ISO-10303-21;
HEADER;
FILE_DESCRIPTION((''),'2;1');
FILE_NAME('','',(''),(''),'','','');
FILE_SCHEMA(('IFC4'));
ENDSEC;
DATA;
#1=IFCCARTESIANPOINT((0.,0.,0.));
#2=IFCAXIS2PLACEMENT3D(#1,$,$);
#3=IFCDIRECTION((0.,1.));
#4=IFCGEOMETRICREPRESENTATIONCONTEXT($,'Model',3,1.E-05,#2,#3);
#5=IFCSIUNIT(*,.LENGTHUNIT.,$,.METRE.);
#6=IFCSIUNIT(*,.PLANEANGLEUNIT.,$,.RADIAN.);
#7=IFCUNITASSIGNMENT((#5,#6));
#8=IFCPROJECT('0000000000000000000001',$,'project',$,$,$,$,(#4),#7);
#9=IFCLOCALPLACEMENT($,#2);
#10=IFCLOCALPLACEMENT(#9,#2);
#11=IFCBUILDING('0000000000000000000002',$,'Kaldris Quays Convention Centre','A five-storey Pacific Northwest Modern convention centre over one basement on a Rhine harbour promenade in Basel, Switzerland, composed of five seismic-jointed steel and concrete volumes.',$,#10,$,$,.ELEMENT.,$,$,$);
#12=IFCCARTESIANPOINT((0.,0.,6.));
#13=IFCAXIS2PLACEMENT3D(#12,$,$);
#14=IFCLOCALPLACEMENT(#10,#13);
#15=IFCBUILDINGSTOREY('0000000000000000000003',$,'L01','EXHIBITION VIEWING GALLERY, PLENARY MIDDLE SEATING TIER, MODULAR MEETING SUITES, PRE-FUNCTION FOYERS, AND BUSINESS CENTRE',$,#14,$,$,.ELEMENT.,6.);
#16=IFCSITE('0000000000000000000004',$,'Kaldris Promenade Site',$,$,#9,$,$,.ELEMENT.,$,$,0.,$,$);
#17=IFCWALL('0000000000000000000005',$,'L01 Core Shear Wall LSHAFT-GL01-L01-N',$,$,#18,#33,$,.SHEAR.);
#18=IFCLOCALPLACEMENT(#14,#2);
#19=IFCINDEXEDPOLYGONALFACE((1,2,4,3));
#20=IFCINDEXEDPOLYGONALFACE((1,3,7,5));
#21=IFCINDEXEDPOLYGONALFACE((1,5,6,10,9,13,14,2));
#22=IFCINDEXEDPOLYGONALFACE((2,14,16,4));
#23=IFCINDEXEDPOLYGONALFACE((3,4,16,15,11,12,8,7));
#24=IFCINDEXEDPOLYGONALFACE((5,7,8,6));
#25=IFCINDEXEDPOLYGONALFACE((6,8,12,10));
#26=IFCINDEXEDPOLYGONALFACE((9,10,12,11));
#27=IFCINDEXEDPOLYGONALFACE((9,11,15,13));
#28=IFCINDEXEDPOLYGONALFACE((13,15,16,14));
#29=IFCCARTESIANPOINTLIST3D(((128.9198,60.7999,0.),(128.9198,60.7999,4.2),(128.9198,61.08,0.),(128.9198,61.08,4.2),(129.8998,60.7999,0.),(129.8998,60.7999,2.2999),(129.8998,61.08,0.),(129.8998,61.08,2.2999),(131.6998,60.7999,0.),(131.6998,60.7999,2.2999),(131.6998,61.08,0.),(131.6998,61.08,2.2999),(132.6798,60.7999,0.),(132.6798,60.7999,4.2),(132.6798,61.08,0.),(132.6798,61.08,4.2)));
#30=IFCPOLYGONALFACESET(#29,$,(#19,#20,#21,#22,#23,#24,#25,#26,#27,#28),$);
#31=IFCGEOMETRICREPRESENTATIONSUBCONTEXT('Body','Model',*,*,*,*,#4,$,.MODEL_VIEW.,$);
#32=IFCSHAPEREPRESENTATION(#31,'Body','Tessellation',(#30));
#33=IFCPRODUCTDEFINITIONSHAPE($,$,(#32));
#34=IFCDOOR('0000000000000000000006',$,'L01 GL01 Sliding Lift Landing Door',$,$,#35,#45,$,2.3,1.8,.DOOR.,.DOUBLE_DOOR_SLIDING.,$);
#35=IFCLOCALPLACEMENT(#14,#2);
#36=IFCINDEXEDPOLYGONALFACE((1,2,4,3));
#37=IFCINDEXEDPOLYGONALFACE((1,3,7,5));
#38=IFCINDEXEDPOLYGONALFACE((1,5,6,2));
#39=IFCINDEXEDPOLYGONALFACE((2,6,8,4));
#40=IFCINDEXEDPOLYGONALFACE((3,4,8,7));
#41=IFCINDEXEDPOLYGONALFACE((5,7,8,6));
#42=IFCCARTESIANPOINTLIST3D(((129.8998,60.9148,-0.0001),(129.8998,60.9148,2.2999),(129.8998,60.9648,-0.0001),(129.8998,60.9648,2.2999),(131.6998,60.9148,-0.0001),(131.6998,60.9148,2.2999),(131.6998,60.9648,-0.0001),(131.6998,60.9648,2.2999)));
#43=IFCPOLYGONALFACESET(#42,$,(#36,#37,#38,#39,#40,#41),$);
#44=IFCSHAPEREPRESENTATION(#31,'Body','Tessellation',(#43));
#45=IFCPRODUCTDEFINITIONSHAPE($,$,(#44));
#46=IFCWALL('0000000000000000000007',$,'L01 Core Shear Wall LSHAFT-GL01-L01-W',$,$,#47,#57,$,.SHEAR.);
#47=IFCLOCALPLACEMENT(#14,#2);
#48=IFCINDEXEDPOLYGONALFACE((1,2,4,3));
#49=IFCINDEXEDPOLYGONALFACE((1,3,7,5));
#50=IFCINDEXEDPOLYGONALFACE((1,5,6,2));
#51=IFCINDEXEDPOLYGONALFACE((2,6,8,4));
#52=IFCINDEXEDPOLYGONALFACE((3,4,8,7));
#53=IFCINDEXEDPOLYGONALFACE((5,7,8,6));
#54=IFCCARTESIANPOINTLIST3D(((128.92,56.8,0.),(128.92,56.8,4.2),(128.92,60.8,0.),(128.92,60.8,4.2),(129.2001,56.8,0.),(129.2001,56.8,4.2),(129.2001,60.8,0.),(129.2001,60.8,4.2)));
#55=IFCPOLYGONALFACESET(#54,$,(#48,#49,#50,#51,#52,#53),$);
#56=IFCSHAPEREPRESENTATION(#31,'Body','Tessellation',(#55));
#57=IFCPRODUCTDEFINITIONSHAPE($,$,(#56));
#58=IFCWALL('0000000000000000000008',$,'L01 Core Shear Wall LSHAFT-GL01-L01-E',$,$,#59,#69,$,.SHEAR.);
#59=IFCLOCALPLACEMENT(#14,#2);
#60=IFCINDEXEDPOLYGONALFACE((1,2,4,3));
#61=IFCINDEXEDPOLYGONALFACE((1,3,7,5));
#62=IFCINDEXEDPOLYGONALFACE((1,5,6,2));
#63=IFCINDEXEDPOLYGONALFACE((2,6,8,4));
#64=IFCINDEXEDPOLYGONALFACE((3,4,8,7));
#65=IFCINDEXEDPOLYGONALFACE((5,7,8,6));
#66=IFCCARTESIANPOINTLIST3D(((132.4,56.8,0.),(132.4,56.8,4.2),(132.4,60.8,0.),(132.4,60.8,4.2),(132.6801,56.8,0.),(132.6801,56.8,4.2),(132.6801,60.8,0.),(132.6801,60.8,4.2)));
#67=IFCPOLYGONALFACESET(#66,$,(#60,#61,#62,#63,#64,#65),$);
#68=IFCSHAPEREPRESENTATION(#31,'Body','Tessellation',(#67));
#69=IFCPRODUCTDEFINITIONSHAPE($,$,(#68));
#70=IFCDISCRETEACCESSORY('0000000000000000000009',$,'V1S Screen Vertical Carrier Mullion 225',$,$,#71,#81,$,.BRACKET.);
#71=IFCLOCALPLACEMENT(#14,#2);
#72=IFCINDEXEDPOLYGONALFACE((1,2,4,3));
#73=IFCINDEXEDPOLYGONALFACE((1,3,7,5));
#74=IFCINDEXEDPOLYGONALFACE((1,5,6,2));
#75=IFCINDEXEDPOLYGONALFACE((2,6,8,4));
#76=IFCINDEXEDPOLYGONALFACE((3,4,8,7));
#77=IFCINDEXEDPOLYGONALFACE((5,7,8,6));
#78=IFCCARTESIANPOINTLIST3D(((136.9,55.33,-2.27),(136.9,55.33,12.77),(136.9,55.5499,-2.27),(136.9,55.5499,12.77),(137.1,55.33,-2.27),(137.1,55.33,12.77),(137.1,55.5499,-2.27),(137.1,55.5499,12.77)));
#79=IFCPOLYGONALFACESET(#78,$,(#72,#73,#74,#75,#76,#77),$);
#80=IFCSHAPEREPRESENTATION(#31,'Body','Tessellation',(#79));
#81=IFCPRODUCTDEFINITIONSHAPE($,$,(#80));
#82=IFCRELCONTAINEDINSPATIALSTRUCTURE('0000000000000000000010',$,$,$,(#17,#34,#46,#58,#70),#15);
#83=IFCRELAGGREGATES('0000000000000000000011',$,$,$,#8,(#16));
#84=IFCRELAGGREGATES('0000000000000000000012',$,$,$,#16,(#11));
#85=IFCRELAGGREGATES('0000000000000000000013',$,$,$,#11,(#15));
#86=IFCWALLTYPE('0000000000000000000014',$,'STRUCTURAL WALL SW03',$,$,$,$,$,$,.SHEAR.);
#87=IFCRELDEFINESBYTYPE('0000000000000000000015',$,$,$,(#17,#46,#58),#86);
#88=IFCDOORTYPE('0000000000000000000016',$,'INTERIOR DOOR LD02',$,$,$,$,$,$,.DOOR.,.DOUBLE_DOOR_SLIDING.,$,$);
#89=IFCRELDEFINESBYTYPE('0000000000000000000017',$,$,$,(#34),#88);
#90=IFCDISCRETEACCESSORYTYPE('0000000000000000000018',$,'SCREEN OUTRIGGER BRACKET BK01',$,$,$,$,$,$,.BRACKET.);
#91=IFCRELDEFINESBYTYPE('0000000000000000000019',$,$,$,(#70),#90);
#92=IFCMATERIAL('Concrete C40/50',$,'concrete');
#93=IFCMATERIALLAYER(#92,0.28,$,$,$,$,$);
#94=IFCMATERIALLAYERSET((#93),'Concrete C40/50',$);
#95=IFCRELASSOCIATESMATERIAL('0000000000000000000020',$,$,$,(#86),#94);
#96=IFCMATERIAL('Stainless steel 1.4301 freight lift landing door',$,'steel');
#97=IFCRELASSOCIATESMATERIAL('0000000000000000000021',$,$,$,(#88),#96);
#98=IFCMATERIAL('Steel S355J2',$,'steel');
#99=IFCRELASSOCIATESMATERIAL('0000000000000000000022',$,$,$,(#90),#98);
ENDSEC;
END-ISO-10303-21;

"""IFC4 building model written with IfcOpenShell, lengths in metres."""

from ifc_helpers import new_model, si_unit, direction, frame, frame_2d, origin, origin_2d, place, context, subcontext, project, spatial, rectangle, extrude, material, layer, layer_set, type_object, element, fill, save


model = new_model("IFC4")

# Units and contexts
model_context = context("Model", 3, precision=1e-05, world=origin(), true_north=direction((0.0, 1.0)))
body_context = subcontext(model_context, "Body", "Model", "MODEL_VIEW")
ifc_project = project(units=[si_unit("LENGTHUNIT", "METRE"), si_unit("PLANEANGLEUNIT", "RADIAN")], contexts=[model_context])

# Site, building, storey
site_placement = place(None, origin())
site = spatial("IfcSite", under=ifc_project, at=site_placement, Name="Kaldris Promenade Site", CompositionType="ELEMENT", RefElevation=0.0)
building_placement = place(site_placement, origin())
building = spatial("IfcBuilding", under=site, at=building_placement, Name="Kaldris Quays Convention Centre", Description="A five-storey Pacific Northwest Modern convention centre over one basement on a Rhine harbour promenade in Basel, Switzerland, composed of five seismic-jointed steel and concrete volumes.", CompositionType="ELEMENT")
storey_placement = place(building_placement, frame((0.0, 0.0, 6.0)))
storey = spatial("IfcBuildingStorey", under=building, at=storey_placement, Name="L01", Description="EXHIBITION VIEWING GALLERY, PLENARY MIDDLE SEATING TIER, MODULAR MEETING SUITES, PRE-FUNCTION FOYERS, AND BUSINESS CENTRE", CompositionType="ELEMENT", Elevation=6.0)

# Shared definitions
ifc_material_1 = material(Name="Steel S355J2", Category="steel")

# Shared definitions
ifc_material_2 = material(Name="Concrete C40/50", Category="concrete")

# Shared definitions
ifc_layer_1 = layer(ifc_material_2, 0.28)
ifc_layer_set_1 = layer_set([ifc_layer_1], Name="Concrete C40/50")
wall_type_1 = type_object("IfcWallType", Name="STRUCTURAL WALL SW03", PredefinedType="SHEAR", material=ifc_layer_set_1)

# Wall, opening, door
wall_1_placement = place(storey_placement, frame((128.9199, 60.9399, 0.0), z_axis=(0.0, 0.0, 1.0), x_axis=(1.0, 0.0, 0.0)))
wall_1 = element("IfcWall", 1, at=wall_1_placement, inside=storey, type_object=wall_type_1, Name="L01 Core Shear Wall LSHAFT-GL01-L01-N", PredefinedType="SHEAR", context=body_context, shape_type="SweptSolid", body=[
    extrude(rectangle(XDim=3.76, YDim=0.28, at=frame_2d((1.8799, 0.0))), origin(), (0.0, 0.0, 1.0), 4.2),
])
opening_1_placement = place(wall_1_placement, frame((0.98, 0.0, 0.0)))
opening_1 = element("IfcOpeningElement", 2, at=opening_1_placement, cuts=wall_1, PredefinedType="OPENING", context=body_context, shape_type="SweptSolid", body=[
    extrude(rectangle(XDim=1.8, YDim=2.3, at=frame_2d((0.8999, 1.1499))), frame((0.0, 0.1499, 0.0), z_axis=(0.0, -1.0, 0.0), x_axis=(1.0, 0.0, 0.0)), (0.0, 0.0, 1.0), 0.3),
])
ifc_material_3 = material(Name="Stainless steel 1.4301 freight lift landing door", Category="steel")
door_type_1 = type_object("IfcDoorType", Name="INTERIOR DOOR LD02", OperationType="DOUBLE_DOOR_SLIDING", PredefinedType="DOOR", material=ifc_material_3)
door_1_placement = place(opening_1_placement, origin())
door_1 = element("IfcDoor", 3, at=door_1_placement, inside=storey, type_object=door_type_1, Name="L01 GL01 Sliding Lift Landing Door", OperationType="DOUBLE_DOOR_SLIDING", OverallHeight=2.3, OverallWidth=1.8, PredefinedType="DOOR", context=body_context, shape_type="SweptSolid", body=[
    extrude(rectangle(XDim=1.8, YDim=2.3, at=frame_2d((0.8999, 1.1499))), frame((0.0, 0.0249, 0.0), z_axis=(0.0, -1.0, 0.0), x_axis=(1.0, 0.0, 0.0)), (0.0, 0.0, 1.0), 0.05),
])
fill(opening_1, door_1)

# Walls
for number, where, z_axis, x_axis, name in (
    (4, (129.0601, 56.8, 0.0), (0.0, 0.0, 1.0), (0.0, 1.0, 0.0), "L01 Core Shear Wall LSHAFT-GL01-L01-W"),
    (5, (132.54, 56.8, 0.0), (0.0, 0.0, 1.0), (0.0, 1.0, 0.0), "L01 Core Shear Wall LSHAFT-GL01-L01-E"),
):
    element("IfcWall", number, at=place(storey_placement, frame(where, z_axis=z_axis, x_axis=x_axis)), inside=storey, type_object=wall_type_1, Name=name, PredefinedType="SHEAR", context=body_context, shape_type="SweptSolid", body=[
        extrude(rectangle(XDim=4.0, YDim=0.28, at=frame_2d((2.0, 0.0))), origin(), (0.0, 0.0, 1.0), 4.2),
    ])

# Discrete accessory
discrete_accessory_type = type_object("IfcDiscreteAccessoryType", Name="SCREEN OUTRIGGER BRACKET BK01", PredefinedType="BRACKET", material=ifc_material_1)
discrete_accessory_placement = place(storey_placement, frame((137.0, 55.4399, -2.27), z_axis=(0.0, 0.0, 1.0), x_axis=(1.0, 0.0, 0.0)))
element("IfcDiscreteAccessory", 6, at=discrete_accessory_placement, inside=storey, type_object=discrete_accessory_type, Name="V1S Screen Vertical Carrier Mullion 225", PredefinedType="BRACKET", context=body_context, shape_type="SweptSolid", body=[
    extrude(rectangle(XDim=0.2, YDim=0.22, at=origin_2d()), origin(), (0.0, 0.0, 1.0), 15.04),
])

save(model, "model.ifc")
